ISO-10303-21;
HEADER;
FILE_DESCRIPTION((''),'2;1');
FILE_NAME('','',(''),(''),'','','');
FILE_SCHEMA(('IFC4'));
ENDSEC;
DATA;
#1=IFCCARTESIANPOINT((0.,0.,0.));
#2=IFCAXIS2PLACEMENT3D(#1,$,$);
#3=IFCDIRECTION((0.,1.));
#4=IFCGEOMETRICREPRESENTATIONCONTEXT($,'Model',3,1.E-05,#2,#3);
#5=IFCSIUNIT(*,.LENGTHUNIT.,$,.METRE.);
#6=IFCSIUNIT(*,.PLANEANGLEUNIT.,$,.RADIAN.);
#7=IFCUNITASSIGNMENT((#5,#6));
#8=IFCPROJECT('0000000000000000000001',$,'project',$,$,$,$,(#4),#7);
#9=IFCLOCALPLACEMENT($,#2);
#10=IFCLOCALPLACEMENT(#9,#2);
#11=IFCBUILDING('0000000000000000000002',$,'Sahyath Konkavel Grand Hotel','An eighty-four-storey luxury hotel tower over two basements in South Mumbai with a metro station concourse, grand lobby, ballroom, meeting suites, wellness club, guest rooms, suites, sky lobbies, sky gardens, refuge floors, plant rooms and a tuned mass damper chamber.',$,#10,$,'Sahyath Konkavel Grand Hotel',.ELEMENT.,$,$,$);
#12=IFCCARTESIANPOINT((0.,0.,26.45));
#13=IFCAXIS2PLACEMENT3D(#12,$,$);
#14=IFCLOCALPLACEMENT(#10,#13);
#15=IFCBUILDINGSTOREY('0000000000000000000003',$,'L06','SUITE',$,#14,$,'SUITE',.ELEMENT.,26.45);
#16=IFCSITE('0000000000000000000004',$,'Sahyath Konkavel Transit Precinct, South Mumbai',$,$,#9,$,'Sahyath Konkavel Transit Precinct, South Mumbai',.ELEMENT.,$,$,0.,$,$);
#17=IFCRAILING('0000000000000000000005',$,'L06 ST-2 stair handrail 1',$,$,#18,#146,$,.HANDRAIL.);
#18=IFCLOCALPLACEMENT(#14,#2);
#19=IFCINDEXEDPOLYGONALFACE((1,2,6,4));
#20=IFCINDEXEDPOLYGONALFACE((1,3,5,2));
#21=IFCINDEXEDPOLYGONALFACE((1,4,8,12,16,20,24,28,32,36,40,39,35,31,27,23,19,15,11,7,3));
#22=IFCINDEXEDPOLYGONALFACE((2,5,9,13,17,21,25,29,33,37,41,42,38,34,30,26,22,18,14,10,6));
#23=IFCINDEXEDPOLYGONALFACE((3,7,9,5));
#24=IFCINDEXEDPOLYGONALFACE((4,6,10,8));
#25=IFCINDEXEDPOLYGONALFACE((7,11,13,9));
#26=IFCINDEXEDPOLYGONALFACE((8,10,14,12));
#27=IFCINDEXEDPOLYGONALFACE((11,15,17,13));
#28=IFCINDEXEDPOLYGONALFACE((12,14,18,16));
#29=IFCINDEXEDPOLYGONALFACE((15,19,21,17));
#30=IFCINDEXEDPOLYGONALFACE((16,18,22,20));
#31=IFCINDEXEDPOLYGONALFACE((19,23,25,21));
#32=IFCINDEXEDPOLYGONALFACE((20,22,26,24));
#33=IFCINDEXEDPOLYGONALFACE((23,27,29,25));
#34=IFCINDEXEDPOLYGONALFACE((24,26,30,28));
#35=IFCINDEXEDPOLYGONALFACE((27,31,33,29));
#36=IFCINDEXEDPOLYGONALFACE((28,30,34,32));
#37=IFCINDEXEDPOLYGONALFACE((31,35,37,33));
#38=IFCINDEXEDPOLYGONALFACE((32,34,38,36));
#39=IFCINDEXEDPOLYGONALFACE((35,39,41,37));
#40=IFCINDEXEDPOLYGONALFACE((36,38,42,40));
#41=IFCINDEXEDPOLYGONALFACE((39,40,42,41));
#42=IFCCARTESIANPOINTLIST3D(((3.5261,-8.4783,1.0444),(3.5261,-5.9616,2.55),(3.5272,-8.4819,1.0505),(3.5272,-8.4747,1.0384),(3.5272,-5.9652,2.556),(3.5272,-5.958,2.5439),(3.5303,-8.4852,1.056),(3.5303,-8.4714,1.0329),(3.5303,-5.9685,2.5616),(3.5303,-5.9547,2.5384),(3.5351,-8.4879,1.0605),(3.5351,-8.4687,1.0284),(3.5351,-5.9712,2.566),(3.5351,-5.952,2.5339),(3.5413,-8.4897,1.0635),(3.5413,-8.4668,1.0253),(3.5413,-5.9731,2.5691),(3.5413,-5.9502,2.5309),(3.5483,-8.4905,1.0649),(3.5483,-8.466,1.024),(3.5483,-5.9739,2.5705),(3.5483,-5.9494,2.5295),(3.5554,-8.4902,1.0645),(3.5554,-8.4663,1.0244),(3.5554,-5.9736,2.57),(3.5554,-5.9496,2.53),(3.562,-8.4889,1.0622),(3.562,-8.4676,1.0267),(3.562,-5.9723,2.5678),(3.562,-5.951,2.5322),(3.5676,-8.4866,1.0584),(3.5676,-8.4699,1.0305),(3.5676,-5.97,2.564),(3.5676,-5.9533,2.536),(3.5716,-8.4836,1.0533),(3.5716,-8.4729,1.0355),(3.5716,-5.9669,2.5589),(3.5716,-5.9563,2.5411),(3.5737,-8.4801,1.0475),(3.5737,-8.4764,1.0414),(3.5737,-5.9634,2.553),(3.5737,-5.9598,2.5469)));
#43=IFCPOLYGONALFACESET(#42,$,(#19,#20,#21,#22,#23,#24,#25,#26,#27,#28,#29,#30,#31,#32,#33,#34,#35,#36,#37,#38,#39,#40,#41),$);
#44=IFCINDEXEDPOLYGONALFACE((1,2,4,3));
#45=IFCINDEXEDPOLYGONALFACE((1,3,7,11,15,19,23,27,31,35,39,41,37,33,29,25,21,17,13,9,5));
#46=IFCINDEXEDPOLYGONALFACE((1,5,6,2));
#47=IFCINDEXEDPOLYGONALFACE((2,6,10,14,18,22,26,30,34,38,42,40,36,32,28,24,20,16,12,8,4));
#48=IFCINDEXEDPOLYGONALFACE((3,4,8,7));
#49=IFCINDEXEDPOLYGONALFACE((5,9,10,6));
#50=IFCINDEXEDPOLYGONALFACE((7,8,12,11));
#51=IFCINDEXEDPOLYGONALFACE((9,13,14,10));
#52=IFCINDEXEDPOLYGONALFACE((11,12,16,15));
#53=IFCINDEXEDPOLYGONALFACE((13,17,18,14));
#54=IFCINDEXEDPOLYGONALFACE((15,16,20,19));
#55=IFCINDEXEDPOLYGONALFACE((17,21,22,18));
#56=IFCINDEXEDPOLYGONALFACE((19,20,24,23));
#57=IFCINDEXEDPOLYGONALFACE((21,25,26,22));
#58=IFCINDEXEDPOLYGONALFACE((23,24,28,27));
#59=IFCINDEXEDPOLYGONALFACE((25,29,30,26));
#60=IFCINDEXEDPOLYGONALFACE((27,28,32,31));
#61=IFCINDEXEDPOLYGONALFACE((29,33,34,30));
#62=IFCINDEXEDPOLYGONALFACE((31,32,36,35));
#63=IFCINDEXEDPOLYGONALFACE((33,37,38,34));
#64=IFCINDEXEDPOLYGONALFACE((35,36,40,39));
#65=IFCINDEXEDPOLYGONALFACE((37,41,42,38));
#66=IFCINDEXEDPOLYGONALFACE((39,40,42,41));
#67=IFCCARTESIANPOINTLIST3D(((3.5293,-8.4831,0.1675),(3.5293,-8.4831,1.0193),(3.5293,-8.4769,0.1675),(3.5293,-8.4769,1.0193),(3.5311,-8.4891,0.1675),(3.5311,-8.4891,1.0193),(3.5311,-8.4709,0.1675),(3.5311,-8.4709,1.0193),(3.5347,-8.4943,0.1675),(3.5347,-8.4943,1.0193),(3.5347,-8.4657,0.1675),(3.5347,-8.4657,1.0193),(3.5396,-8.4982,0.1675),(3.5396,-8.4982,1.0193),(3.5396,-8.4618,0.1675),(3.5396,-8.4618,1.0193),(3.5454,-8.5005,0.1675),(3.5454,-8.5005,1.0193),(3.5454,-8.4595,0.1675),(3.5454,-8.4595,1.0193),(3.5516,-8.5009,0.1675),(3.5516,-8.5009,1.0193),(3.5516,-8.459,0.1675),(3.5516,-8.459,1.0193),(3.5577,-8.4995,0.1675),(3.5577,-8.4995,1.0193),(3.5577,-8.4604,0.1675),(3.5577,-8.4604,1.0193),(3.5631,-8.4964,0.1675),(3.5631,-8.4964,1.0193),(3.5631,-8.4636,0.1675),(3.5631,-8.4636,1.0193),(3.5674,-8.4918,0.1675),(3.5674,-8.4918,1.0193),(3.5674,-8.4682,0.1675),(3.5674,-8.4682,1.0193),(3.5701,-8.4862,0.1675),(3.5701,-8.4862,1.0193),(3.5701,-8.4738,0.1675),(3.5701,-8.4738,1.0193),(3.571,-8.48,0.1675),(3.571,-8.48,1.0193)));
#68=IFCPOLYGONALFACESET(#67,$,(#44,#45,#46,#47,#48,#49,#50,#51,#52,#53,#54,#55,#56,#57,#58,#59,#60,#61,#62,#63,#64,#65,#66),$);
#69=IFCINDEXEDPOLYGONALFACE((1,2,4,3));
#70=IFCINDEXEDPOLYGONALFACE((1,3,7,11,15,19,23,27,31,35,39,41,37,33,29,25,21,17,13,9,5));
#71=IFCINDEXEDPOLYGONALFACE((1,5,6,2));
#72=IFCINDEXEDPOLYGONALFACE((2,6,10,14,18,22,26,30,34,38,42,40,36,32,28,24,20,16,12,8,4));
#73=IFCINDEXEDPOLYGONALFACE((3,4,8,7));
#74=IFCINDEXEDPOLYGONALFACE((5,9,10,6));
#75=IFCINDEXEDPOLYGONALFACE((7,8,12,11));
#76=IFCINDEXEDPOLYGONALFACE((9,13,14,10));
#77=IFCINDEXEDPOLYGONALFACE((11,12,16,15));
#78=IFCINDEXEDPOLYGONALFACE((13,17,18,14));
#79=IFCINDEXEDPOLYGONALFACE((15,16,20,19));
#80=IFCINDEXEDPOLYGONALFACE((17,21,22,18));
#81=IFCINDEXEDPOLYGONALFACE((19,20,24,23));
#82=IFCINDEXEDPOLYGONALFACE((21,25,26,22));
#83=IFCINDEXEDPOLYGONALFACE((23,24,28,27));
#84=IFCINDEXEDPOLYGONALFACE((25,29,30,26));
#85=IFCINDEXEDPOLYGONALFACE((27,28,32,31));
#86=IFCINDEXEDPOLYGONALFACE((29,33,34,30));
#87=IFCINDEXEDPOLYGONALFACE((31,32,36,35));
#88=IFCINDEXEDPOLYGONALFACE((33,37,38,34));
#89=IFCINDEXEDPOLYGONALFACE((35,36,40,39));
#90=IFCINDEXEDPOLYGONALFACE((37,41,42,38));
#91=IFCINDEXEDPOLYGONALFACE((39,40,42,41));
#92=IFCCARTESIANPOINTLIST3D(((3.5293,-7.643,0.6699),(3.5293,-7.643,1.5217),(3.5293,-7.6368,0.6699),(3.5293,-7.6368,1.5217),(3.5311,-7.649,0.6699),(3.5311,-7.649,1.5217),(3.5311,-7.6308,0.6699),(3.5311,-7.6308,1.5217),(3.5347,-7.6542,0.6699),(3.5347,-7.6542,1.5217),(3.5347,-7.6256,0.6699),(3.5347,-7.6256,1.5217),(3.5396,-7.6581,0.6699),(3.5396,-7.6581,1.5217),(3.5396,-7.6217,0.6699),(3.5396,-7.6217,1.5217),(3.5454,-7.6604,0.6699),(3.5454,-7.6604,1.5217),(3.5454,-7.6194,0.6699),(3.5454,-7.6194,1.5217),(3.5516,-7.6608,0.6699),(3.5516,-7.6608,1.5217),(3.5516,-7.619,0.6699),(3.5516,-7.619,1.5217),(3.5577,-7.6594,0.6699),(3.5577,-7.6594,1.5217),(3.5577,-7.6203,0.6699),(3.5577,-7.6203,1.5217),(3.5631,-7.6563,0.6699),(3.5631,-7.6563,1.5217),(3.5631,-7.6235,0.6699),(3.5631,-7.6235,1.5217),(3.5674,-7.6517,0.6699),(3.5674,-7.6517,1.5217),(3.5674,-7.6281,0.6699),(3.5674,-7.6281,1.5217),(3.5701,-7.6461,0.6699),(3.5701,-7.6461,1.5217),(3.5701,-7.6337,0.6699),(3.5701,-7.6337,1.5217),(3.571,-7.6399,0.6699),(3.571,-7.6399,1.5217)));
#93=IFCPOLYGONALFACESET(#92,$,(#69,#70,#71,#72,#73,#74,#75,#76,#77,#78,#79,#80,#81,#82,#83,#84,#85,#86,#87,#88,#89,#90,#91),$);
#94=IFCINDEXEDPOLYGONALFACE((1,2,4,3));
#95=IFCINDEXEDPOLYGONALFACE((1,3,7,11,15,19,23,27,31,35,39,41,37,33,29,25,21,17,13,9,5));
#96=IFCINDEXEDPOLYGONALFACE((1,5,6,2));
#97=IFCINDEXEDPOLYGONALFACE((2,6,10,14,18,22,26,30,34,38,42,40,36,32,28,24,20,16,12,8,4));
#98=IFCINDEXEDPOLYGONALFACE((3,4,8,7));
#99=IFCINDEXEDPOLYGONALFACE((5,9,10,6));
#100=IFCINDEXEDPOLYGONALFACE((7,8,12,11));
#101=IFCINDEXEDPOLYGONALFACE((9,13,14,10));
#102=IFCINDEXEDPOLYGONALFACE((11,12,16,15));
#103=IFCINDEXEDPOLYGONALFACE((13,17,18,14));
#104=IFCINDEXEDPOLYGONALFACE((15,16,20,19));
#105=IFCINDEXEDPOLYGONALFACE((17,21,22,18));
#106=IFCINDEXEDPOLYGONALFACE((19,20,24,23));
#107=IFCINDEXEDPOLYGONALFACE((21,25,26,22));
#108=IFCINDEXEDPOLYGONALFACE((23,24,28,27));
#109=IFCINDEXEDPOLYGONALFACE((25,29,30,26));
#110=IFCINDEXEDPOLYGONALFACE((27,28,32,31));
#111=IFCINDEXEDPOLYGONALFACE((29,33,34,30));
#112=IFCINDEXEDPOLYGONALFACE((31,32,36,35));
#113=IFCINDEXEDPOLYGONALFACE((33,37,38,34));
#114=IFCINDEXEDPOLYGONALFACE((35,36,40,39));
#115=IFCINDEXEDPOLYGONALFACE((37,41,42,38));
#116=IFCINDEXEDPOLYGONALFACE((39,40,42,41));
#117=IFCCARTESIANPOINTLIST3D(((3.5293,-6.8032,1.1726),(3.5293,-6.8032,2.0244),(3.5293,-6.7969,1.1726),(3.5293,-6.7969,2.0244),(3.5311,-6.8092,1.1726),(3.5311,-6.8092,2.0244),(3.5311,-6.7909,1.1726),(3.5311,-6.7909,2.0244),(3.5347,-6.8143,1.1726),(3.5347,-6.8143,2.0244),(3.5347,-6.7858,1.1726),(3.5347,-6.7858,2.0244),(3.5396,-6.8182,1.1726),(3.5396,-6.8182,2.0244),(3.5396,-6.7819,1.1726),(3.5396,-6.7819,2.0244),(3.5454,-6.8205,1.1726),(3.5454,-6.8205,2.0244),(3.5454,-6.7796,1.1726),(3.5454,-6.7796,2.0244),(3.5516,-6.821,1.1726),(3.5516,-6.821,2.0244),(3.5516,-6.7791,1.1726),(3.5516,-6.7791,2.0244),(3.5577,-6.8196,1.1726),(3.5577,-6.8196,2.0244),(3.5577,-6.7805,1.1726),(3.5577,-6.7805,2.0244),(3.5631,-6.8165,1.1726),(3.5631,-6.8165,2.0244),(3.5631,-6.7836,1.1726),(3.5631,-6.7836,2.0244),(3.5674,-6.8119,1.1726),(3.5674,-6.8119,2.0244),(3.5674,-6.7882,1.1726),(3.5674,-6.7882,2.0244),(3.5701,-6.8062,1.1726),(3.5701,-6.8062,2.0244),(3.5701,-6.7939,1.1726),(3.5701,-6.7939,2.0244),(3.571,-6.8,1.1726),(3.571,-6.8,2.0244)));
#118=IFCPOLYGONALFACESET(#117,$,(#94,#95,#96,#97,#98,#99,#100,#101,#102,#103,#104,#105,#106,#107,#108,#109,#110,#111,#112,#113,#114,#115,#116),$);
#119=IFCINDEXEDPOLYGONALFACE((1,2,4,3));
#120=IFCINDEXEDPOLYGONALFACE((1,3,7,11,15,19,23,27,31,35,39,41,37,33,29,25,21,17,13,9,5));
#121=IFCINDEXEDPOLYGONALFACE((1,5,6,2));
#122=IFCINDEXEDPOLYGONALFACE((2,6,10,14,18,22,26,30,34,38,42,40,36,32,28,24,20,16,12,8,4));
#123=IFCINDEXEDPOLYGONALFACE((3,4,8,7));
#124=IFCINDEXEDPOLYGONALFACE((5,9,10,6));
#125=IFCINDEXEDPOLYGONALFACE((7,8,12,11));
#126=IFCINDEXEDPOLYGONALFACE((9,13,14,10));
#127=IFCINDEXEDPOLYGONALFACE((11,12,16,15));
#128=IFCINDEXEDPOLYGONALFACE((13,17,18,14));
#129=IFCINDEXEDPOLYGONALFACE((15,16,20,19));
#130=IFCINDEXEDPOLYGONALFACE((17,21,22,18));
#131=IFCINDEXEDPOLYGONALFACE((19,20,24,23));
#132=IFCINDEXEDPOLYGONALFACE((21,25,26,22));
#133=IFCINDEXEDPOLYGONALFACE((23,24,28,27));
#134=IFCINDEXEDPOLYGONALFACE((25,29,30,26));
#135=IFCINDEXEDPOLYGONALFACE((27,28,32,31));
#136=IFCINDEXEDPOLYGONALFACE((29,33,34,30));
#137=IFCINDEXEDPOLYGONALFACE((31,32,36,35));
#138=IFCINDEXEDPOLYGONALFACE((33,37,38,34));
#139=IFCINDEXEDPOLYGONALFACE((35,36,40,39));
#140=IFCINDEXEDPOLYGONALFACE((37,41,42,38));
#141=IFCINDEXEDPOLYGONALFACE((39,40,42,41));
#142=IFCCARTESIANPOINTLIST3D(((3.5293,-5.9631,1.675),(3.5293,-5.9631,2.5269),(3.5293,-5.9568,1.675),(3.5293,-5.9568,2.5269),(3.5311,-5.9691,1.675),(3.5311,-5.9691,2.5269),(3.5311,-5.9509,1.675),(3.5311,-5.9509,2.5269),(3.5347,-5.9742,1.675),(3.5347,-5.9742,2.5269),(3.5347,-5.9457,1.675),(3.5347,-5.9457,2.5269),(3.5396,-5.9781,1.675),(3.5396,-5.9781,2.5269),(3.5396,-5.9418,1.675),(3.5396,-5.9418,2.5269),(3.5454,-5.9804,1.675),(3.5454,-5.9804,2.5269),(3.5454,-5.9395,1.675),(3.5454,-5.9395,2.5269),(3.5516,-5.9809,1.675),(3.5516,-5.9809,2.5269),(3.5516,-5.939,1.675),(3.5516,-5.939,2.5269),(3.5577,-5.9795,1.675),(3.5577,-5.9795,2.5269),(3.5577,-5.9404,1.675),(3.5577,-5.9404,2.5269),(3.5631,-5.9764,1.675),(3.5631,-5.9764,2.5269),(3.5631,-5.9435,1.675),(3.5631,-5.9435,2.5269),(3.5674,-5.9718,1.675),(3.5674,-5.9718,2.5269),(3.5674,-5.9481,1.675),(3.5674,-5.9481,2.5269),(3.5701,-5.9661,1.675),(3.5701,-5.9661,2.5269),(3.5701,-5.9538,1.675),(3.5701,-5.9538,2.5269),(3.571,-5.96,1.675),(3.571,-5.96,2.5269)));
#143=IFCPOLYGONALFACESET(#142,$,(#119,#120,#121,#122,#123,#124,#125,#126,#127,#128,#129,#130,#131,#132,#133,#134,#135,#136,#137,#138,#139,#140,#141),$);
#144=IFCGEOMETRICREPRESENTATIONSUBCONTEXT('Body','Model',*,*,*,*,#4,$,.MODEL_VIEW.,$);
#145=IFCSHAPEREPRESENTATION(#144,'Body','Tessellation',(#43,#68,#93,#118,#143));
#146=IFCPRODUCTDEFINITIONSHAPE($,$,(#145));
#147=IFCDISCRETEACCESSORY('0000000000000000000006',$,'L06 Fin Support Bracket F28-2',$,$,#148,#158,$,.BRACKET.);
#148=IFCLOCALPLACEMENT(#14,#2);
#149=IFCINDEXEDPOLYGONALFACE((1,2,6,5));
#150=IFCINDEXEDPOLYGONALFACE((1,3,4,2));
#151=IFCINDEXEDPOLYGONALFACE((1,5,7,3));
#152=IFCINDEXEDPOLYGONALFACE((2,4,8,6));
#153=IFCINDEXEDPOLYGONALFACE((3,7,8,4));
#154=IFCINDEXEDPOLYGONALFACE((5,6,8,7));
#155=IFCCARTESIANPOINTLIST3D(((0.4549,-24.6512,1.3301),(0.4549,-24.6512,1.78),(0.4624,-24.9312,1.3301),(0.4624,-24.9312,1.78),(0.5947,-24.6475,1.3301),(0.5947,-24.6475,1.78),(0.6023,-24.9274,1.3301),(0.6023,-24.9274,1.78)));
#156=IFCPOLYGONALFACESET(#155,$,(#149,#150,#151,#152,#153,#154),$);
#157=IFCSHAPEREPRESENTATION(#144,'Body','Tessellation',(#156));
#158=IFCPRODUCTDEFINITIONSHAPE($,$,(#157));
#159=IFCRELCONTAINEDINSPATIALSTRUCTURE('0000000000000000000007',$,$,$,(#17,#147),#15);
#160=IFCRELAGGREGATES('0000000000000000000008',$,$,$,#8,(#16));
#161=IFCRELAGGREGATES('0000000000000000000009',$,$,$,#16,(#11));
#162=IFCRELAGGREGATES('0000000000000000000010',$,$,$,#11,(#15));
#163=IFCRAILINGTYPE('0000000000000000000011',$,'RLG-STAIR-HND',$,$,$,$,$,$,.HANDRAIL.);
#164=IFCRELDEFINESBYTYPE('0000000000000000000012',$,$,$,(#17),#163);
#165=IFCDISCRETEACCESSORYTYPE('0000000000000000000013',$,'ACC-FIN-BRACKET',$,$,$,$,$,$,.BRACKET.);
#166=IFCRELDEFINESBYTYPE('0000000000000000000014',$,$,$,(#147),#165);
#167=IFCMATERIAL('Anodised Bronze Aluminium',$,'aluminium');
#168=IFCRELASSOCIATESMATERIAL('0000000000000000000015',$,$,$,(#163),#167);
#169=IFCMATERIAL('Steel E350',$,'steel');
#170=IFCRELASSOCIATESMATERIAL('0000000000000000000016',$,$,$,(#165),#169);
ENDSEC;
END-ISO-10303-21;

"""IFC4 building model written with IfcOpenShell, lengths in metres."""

from ifc_helpers import new_model, si_unit, direction, frame, origin, origin_2d, place, context, subcontext, project, spatial, rectangle, circle, extrude, source, transform, mapped, material, type_object, element, save


model = new_model("IFC4")

# Units and contexts
model_context = context("Model", 3, precision=1e-05, world=origin(), true_north=direction((0.0, 1.0)))
body_context = subcontext(model_context, "Body", "Model", "MODEL_VIEW")
ifc_project = project(units=[si_unit("LENGTHUNIT", "METRE"), si_unit("PLANEANGLEUNIT", "RADIAN")], contexts=[model_context])

# Site, building, storey
site_placement = place(None, origin())
site = spatial("IfcSite", under=ifc_project, at=site_placement, Name="Sahyath Konkavel Transit Precinct, South Mumbai", LongName="Sahyath Konkavel Transit Precinct, South Mumbai", CompositionType="ELEMENT", RefElevation=0.0)
building_placement = place(site_placement, origin())
building = spatial("IfcBuilding", under=site, at=building_placement, Name="Sahyath Konkavel Grand Hotel", Description="An eighty-four-storey luxury hotel tower over two basements in South Mumbai with a metro station concourse, grand lobby, ballroom, meeting suites, wellness club, guest rooms, suites, sky lobbies, sky gardens, refuge floors, plant rooms and a tuned mass damper chamber.", LongName="Sahyath Konkavel Grand Hotel", CompositionType="ELEMENT")
storey_placement = place(building_placement, frame((0.0, 0.0, 26.45)))
storey = spatial("IfcBuildingStorey", under=building, at=storey_placement, Name="L06", Description="SUITE", LongName="SUITE", CompositionType="ELEMENT", Elevation=26.45)

# Shared definitions
ifc_material_1 = material(Name="Steel E350", Category="steel")

# Shared definitions
ifc_material_2 = material(Name="Anodised Bronze Aluminium", Category="aluminium")

# Railing
railing_type_1 = type_object("IfcRailingType", Name="RLG-STAIR-HND", PredefinedType="HANDRAIL", material=ifc_material_2)
railing_1_placement = place(storey_placement, frame((3.55, -8.48, 0.1675)))
element("IfcRailing", 1, at=railing_1_placement, inside=storey, type_object=railing_type_1, Name="L06 ST-2 stair handrail 1", PredefinedType="HANDRAIL", context=body_context, shape_type="SweptSolid", body=[
    extrude(circle(Radius=0.0239, at=origin_2d()), frame((0.0, 0.0017, 0.877), z_axis=(0.0, 0.85816, 0.513383), x_axis=(-1.0, 0.0, 0.0)), (0.0, 0.0, 1.0), 2.9326),
    extrude(circle(Radius=0.021, at=origin_2d()), origin(), (0.0, 0.0, 1.0), 0.8518),
    extrude(circle(Radius=0.021, at=origin_2d()), frame((0.0, 0.8401, 0.5024)), (0.0, 0.0, 1.0), 0.8518),
    extrude(circle(Radius=0.021, at=origin_2d()), frame((0.0, 1.6799, 1.0051)), (0.0, 0.0, 1.0), 0.8518),
    extrude(circle(Radius=0.021, at=origin_2d()), frame((0.0, 2.52, 1.5076)), (0.0, 0.0, 1.0), 0.8518),
])

# Discrete accessory
discrete_accessory_type = type_object("IfcDiscreteAccessoryType", Name="ACC-FIN-BRACKET", PredefinedType="BRACKET", material=ifc_material_1)
shared_shape_1 = source(origin(), body_context, "Body", "SweptSolid", [
    extrude(rectangle(XDim=0.28, YDim=0.1399, at=origin_2d()), origin(), (0.0, 0.0, 1.0), 0.45),
])
discrete_accessory_placement = place(storey_placement, frame((0.5286, -24.7893, 1.3301), z_axis=(0.0, 0.0, 1.0), x_axis=(0.02691, -0.999638, 0.0)))
element("IfcDiscreteAccessory", 2, at=discrete_accessory_placement, inside=storey, type_object=discrete_accessory_type, Name="L06 Fin Support Bracket F28-2", PredefinedType="BRACKET", context=body_context, shape_type="MappedRepresentation", body=[
    mapped(shared_shape_1, transform((0.0, 0.0, 0.0), scale=1.0)),
])

save(model, "model.ifc")
